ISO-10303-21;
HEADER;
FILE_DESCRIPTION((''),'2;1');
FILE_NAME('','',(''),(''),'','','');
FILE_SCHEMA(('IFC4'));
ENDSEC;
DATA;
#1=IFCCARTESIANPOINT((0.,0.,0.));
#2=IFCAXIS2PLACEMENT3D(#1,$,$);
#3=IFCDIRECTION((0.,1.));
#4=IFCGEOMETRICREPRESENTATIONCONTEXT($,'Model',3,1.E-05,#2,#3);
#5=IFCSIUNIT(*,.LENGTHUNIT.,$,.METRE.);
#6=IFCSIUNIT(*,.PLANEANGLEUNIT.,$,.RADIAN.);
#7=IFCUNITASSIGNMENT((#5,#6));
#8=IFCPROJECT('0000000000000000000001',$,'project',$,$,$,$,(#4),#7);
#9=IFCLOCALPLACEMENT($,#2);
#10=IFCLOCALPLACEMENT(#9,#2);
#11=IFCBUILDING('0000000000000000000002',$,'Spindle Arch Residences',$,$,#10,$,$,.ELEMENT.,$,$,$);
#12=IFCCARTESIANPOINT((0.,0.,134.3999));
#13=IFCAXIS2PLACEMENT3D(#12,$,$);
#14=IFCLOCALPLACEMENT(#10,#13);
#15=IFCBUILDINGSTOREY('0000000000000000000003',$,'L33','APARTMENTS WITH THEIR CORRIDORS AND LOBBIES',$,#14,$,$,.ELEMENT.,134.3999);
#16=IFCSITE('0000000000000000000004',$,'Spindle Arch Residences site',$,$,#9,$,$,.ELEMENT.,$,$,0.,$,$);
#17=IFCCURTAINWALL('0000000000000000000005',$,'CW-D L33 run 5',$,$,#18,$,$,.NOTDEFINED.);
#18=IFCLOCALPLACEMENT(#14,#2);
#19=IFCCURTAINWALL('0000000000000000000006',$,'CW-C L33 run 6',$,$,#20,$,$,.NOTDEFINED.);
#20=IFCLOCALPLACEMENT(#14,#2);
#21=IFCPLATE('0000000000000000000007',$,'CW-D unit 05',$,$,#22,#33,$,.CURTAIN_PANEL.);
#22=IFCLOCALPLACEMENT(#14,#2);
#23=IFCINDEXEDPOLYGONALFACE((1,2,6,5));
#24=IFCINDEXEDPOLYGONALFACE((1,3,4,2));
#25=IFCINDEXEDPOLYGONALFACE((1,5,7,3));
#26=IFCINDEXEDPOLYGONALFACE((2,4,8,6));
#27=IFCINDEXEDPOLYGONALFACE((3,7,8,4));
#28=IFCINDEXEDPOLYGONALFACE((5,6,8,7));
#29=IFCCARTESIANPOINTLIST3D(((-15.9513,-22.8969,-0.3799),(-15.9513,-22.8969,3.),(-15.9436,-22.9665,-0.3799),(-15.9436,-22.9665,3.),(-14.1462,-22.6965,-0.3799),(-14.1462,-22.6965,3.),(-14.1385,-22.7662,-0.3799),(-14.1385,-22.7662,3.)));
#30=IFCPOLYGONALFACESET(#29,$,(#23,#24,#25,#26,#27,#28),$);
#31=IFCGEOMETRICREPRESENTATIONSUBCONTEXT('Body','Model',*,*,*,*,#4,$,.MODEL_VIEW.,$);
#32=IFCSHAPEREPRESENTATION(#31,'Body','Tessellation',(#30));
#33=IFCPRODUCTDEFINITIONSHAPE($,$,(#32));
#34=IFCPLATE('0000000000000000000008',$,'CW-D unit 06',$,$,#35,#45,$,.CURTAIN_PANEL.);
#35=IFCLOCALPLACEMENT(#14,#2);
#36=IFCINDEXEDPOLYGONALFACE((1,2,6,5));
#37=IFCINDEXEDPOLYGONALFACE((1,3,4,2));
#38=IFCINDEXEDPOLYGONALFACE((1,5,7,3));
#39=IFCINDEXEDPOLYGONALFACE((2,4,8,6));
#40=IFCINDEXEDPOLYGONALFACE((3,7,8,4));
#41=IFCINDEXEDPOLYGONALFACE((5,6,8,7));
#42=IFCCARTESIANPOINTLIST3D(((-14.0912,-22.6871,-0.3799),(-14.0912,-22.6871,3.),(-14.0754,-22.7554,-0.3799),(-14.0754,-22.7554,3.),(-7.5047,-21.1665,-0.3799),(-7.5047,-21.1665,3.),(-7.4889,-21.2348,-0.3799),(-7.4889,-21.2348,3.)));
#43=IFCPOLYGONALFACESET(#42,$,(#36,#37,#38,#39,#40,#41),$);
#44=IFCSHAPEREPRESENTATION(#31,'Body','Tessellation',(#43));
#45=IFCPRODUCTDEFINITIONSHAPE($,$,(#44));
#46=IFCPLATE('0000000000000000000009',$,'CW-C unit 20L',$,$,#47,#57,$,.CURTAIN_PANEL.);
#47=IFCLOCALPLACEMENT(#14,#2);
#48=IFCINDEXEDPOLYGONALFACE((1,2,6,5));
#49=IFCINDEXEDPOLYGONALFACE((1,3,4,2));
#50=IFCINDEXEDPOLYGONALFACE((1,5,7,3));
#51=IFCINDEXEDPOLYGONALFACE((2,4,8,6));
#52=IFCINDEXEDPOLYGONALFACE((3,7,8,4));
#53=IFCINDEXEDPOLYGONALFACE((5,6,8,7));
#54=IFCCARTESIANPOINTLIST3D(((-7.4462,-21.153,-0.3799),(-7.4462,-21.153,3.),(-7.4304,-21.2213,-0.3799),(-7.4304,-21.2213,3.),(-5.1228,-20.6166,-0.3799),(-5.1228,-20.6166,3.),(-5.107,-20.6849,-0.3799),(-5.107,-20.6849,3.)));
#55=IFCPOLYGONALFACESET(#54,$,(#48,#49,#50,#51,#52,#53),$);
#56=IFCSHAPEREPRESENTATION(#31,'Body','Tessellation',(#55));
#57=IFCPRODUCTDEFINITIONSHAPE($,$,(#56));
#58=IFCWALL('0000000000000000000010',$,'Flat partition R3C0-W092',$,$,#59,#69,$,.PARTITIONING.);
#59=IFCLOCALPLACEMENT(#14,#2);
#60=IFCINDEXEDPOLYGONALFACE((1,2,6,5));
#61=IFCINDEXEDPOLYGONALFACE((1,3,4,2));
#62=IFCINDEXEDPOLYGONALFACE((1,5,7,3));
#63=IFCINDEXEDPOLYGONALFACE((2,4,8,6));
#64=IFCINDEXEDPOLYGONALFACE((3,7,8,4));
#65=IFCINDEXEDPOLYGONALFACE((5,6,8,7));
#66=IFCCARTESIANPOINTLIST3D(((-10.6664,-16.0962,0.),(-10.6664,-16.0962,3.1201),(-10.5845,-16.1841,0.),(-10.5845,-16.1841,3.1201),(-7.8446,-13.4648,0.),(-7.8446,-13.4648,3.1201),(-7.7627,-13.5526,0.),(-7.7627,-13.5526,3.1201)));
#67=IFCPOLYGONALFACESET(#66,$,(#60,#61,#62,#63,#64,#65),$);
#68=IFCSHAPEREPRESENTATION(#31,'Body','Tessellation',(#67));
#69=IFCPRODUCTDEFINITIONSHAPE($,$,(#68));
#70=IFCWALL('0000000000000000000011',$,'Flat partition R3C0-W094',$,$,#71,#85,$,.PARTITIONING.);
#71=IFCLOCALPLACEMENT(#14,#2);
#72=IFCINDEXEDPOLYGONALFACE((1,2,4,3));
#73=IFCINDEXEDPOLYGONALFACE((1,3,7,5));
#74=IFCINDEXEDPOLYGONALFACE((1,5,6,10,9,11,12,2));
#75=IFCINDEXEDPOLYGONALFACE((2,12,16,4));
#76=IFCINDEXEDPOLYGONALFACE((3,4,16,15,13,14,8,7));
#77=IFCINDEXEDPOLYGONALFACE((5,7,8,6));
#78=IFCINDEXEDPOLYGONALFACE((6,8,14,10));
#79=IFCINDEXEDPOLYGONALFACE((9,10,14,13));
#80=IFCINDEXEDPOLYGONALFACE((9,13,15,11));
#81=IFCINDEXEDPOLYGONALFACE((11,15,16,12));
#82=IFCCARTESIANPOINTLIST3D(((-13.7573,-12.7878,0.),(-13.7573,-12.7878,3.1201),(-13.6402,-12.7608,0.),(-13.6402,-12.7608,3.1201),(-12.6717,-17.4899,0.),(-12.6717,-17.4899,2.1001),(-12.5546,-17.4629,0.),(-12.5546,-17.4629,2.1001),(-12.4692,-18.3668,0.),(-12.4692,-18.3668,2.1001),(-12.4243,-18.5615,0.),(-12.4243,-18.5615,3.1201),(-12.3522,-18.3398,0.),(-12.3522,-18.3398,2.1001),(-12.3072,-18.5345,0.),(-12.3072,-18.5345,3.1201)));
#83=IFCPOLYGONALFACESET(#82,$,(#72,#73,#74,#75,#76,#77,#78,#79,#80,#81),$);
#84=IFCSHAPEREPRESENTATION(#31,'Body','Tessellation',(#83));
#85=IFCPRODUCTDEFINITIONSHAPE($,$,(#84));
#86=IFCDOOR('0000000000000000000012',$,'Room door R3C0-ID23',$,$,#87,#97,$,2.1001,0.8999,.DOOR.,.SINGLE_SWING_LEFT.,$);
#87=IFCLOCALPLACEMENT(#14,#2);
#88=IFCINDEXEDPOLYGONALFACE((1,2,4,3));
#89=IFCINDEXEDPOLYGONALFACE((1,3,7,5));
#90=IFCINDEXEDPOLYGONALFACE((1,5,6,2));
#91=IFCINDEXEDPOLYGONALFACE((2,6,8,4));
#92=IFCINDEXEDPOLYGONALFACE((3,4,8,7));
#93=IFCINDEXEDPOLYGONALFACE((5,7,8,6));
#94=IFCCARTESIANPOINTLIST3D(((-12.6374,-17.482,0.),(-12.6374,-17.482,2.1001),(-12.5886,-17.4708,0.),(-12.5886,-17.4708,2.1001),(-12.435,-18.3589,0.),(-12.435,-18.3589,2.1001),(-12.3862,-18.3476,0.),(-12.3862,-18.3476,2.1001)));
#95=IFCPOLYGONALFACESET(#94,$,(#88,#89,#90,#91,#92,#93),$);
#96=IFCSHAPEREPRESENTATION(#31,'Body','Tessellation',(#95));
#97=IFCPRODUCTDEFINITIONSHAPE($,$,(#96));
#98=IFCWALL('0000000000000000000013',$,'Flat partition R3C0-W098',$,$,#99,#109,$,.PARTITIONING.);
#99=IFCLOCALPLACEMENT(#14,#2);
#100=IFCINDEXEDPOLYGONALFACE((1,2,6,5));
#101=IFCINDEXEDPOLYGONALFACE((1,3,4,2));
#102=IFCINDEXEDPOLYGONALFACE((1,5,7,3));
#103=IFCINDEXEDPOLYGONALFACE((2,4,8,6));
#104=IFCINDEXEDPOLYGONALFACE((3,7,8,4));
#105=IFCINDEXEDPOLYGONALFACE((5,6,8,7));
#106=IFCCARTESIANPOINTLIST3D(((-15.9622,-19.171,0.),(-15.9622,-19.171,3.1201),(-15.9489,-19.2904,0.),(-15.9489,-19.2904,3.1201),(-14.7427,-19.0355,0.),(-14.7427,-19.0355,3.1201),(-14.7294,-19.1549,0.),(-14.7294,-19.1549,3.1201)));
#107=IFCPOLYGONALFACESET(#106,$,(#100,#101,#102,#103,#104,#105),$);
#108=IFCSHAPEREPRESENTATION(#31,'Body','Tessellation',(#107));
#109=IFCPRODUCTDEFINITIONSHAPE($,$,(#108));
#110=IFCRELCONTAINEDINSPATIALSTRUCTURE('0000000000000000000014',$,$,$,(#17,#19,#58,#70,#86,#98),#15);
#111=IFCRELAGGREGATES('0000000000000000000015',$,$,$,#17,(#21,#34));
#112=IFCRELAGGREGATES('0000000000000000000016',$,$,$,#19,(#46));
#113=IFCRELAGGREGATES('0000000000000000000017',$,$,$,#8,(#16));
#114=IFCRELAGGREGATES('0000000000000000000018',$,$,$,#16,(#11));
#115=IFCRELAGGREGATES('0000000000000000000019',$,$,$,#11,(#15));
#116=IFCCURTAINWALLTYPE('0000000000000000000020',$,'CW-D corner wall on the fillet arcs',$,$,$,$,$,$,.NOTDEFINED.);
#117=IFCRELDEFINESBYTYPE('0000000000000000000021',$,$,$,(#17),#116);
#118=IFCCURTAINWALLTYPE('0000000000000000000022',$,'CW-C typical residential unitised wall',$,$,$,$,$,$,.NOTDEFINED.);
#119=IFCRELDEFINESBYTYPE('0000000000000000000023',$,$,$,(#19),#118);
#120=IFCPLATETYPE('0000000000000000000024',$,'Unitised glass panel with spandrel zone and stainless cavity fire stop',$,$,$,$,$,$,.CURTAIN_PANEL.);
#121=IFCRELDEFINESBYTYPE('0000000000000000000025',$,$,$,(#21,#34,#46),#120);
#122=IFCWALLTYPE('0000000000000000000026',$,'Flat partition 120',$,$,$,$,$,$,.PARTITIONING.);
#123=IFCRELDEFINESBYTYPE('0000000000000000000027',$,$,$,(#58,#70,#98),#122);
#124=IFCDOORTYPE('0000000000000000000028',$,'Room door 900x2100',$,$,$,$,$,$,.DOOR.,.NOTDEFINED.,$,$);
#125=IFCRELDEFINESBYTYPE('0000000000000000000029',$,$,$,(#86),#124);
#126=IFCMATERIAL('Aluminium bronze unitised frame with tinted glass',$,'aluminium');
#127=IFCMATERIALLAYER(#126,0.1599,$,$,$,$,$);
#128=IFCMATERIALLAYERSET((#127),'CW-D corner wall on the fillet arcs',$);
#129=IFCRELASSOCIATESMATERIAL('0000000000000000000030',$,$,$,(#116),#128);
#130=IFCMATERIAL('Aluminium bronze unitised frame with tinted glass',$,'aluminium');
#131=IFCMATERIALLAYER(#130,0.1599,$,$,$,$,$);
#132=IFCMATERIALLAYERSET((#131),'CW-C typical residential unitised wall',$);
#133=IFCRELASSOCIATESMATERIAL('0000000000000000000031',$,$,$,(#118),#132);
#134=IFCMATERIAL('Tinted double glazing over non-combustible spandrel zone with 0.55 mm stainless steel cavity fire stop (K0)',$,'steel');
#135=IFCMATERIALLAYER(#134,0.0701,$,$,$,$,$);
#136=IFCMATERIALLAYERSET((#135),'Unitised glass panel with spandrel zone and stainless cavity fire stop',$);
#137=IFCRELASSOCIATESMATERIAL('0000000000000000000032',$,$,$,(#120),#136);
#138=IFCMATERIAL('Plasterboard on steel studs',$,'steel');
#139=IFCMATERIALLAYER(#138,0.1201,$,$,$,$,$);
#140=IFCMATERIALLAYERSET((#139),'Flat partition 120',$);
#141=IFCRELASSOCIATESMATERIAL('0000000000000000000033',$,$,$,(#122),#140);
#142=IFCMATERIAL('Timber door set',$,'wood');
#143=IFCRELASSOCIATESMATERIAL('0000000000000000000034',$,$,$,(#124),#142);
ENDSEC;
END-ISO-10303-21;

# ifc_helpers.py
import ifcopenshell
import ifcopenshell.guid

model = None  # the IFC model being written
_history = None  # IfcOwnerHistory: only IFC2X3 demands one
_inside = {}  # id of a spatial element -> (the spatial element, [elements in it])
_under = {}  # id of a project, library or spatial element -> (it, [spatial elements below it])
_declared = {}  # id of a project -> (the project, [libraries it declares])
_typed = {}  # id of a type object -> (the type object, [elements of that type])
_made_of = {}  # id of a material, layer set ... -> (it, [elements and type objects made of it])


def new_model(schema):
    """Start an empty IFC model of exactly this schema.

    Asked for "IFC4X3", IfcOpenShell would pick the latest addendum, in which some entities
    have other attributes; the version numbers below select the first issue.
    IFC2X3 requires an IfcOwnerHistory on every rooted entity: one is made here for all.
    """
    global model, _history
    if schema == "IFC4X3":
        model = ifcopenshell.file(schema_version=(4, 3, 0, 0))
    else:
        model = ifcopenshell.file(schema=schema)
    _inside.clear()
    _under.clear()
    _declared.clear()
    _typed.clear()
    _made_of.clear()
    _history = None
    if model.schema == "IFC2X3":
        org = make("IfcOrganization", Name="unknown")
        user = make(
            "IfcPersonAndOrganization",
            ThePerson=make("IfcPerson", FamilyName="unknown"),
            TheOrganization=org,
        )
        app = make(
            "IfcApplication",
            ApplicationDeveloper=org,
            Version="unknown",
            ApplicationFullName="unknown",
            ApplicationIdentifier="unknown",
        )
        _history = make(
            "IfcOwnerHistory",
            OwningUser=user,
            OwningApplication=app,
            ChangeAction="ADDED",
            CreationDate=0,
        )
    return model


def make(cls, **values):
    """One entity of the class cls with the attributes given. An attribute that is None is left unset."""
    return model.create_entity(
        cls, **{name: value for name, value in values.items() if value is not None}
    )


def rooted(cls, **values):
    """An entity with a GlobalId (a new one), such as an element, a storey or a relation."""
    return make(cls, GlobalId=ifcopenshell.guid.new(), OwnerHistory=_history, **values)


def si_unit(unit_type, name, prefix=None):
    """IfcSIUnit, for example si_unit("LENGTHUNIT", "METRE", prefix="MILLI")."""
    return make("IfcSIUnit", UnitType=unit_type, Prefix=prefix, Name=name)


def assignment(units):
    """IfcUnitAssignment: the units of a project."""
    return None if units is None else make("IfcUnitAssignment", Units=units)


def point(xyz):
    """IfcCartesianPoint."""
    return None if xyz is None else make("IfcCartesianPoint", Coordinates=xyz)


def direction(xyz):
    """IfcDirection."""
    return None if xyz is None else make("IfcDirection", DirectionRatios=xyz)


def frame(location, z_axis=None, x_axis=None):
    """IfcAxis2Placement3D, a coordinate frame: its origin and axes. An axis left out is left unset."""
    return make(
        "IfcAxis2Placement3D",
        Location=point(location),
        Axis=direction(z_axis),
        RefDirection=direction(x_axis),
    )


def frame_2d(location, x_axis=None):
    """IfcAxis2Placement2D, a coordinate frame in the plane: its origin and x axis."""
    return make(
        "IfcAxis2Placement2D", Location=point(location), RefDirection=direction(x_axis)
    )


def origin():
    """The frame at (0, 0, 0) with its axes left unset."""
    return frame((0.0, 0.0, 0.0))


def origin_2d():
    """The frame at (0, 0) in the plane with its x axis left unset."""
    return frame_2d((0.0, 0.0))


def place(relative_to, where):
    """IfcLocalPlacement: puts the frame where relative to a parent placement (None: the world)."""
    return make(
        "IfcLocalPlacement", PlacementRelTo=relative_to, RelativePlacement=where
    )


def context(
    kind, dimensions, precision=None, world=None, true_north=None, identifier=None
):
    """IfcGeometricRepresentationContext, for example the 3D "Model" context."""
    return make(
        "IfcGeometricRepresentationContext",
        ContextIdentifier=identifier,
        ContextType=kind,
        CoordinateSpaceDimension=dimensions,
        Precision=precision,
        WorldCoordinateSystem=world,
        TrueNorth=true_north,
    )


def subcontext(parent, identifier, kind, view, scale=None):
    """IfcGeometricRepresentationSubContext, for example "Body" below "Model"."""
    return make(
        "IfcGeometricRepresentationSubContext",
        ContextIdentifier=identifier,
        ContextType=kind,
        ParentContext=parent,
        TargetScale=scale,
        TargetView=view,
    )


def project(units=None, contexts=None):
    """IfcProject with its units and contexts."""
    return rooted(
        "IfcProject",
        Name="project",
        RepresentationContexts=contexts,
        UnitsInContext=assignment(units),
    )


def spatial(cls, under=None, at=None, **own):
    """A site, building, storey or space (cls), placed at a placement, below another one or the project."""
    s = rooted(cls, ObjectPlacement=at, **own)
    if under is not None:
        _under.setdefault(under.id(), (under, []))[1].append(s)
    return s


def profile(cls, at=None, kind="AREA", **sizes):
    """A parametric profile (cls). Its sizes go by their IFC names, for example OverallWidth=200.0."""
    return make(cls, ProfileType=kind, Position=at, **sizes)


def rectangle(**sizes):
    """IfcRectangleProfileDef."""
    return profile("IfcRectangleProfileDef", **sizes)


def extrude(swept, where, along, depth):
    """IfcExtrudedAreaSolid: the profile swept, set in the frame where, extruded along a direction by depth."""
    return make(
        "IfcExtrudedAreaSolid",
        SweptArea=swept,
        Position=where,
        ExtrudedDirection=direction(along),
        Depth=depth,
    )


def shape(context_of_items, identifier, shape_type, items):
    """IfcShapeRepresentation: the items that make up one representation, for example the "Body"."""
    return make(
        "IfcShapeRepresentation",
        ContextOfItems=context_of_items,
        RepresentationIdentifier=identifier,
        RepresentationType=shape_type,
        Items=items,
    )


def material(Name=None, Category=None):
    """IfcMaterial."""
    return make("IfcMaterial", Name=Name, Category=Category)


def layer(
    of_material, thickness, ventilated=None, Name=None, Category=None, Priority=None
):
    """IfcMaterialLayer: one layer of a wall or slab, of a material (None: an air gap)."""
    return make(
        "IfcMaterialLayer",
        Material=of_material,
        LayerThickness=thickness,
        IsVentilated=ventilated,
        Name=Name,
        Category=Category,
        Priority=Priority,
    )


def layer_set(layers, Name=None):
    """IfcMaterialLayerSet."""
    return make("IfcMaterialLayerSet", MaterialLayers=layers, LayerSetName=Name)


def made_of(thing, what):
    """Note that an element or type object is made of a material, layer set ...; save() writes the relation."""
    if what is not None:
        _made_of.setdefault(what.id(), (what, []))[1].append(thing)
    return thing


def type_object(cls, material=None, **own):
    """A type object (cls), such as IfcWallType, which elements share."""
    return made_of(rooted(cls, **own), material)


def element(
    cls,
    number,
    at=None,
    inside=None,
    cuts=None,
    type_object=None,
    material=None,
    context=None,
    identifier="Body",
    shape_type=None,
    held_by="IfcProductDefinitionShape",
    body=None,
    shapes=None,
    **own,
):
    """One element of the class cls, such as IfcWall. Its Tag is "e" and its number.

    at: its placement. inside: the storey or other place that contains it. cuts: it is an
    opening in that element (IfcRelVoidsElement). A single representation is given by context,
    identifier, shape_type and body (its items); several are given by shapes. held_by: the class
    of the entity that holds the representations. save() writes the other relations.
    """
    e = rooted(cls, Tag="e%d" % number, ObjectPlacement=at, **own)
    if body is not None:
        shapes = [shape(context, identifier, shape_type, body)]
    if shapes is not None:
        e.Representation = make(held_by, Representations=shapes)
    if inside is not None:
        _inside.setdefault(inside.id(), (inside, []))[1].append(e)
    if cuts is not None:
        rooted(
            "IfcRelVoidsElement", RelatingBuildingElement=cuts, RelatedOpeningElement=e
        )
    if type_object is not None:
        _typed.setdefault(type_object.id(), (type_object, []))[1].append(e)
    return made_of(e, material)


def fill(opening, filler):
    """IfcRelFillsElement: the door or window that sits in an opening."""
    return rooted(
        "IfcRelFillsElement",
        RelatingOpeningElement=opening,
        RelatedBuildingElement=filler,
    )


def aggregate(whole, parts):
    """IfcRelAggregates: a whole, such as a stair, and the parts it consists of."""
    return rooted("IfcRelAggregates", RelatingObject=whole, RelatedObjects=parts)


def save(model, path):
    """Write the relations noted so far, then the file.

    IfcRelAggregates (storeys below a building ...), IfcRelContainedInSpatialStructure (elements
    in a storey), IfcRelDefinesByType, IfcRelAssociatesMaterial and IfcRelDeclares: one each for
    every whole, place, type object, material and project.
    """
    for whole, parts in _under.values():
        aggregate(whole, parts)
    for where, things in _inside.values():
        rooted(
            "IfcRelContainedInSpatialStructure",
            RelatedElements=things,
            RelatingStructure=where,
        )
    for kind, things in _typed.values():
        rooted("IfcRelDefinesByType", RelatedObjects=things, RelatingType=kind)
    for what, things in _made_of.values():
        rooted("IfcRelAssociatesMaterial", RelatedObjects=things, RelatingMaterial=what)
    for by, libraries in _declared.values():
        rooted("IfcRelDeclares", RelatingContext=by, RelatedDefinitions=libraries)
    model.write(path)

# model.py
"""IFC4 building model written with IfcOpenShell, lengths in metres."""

from ifc_helpers import new_model, si_unit, direction, frame, frame_2d, origin, origin_2d, place, context, subcontext, project, spatial, rectangle, extrude, material, layer, layer_set, type_object, element, fill, aggregate, save


model = new_model("IFC4")

# Units and contexts
model_context = context("Model", 3, precision=1e-05, world=origin(), true_north=direction((0.0, 1.0)))
body_context = subcontext(model_context, "Body", "Model", "MODEL_VIEW")
ifc_project = project(units=[si_unit("LENGTHUNIT", "METRE"), si_unit("PLANEANGLEUNIT", "RADIAN")], contexts=[model_context])

# Site, building, storey
site_placement = place(None, origin())
site = spatial("IfcSite", under=ifc_project, at=site_placement, Name="Spindle Arch Residences site", CompositionType="ELEMENT", RefElevation=0.0)
building_placement = place(site_placement, origin())
building = spatial("IfcBuilding", under=site, at=building_placement, Name="Spindle Arch Residences", CompositionType="ELEMENT")
storey_placement = place(building_placement, frame((0.0, 0.0, 134.3999)))
storey = spatial("IfcBuildingStorey", under=building, at=storey_placement, Name="L33", Description="APARTMENTS WITH THEIR CORRIDORS AND LOBBIES", CompositionType="ELEMENT", Elevation=134.3999)

# Curtain wall
ifc_material_1 = material(Name="Aluminium bronze unitised frame with tinted glass", Category="aluminium")
ifc_layer_1 = layer(ifc_material_1, 0.1599)
ifc_layer_set_1 = layer_set([ifc_layer_1], Name="CW-D corner wall on the fillet arcs")
curtain_wall_type_1 = type_object("IfcCurtainWallType", Name="CW-D corner wall on the fillet arcs", PredefinedType="NOTDEFINED", material=ifc_layer_set_1)
curtain_wall_1_placement = place(storey_placement, origin())
curtain_wall_1 = element("IfcCurtainWall", 1, at=curtain_wall_1_placement, inside=storey, type_object=curtain_wall_type_1, Name="CW-D L33 run 5", PredefinedType="NOTDEFINED")

# Curtain wall
ifc_material_2 = material(Name="Aluminium bronze unitised frame with tinted glass", Category="aluminium")
ifc_layer_2 = layer(ifc_material_2, 0.1599)
ifc_layer_set_2 = layer_set([ifc_layer_2], Name="CW-C typical residential unitised wall")
curtain_wall_type_2 = type_object("IfcCurtainWallType", Name="CW-C typical residential unitised wall", PredefinedType="NOTDEFINED", material=ifc_layer_set_2)
curtain_wall_2_placement = place(storey_placement, origin())
curtain_wall_2 = element("IfcCurtainWall", 2, at=curtain_wall_2_placement, inside=storey, type_object=curtain_wall_type_2, Name="CW-C L33 run 6", PredefinedType="NOTDEFINED")

# Plates
ifc_material_3 = material(Name="Tinted double glazing over non-combustible spandrel zone with 0.55 mm stainless steel cavity fire stop (K0)", Category="steel")
ifc_layer_3 = layer(ifc_material_3, 0.0701)
ifc_layer_set_3 = layer_set([ifc_layer_3], Name="Unitised glass panel with spandrel zone and stainless cavity fire stop")
plate_type = type_object("IfcPlateType", Name="Unitised glass panel with spandrel zone and stainless cavity fire stop", PredefinedType="CURTAIN_PANEL", material=ifc_layer_set_3)
plate_1_placement = place(storey_placement, frame((-15.0449, -22.8315, -0.3799), z_axis=(0.0, 0.0, 1.0), x_axis=(0.993897, 0.110313, 0.0)))
plate_1 = element("IfcPlate", 3, at=plate_1_placement, type_object=plate_type, Name="CW-D unit 05", PredefinedType="CURTAIN_PANEL", context=body_context, shape_type="SweptSolid", body=[
    extrude(rectangle(XDim=1.8162, YDim=0.0701, at=origin_2d()), origin(), (0.0, 0.0, 1.0), 3.3799),
])
plate_2_placement = place(storey_placement, frame((-10.79, -21.9609, -0.3799), z_axis=(0.0, 0.0, 1.0), x_axis=(0.97437, 0.224951, 0.0)))
plate_2 = element("IfcPlate", 4, at=plate_2_placement, type_object=plate_type, Name="CW-D unit 06", PredefinedType="CURTAIN_PANEL", context=body_context, shape_type="SweptSolid", body=[
    extrude(rectangle(XDim=6.7598, YDim=0.0701, at=origin_2d()), origin(), (0.0, 0.0, 1.0), 3.3799),
])
aggregate(curtain_wall_1, [plate_1, plate_2])
plate_3_placement = place(storey_placement, frame((-6.2766, -20.9189, -0.3799), z_axis=(0.0, 0.0, 1.0), x_axis=(0.97437, 0.224951, 0.0)))
plate_3 = element("IfcPlate", 5, at=plate_3_placement, type_object=plate_type, Name="CW-C unit 20L", PredefinedType="CURTAIN_PANEL", context=body_context, shape_type="SweptSolid", body=[
    extrude(rectangle(XDim=2.3845, YDim=0.0701, at=origin_2d()), origin(), (0.0, 0.0, 1.0), 3.3799),
])
aggregate(curtain_wall_2, [plate_3])

# Wall
ifc_material_4 = material(Name="Plasterboard on steel studs", Category="steel")
ifc_layer_4 = layer(ifc_material_4, 0.1201)
ifc_layer_set_4 = layer_set([ifc_layer_4], Name="Flat partition 120")
wall_type_1 = type_object("IfcWallType", Name="Flat partition 120", PredefinedType="PARTITIONING", material=ifc_layer_set_4)
wall_1_placement = place(storey_placement, frame((-10.6255, -16.1401, 0.0), z_axis=(0.0, 0.0, 1.0), x_axis=(0.731354, 0.681998, 0.0)))
element("IfcWall", 6, at=wall_1_placement, inside=storey, type_object=wall_type_1, Name="Flat partition R3C0-W092", PredefinedType="PARTITIONING", context=body_context, shape_type="SweptSolid", body=[
    extrude(rectangle(XDim=3.8584, YDim=0.1201, at=frame_2d((1.9292, 0.0))), origin(), (0.0, 0.0, 1.0), 3.1201),
])

# Wall, opening, door
wall_2_placement = place(storey_placement, frame((-12.3657, -18.5481, 0.0), z_axis=(0.0, 0.0, 1.0), x_axis=(-0.224959, 0.974368, 0.0)))
wall_2 = element("IfcWall", 7, at=wall_2_placement, inside=storey, type_object=wall_type_1, Name="Flat partition R3C0-W094", PredefinedType="PARTITIONING", context=body_context, shape_type="SweptSolid", body=[
    extrude(rectangle(XDim=5.9255, YDim=0.1201, at=frame_2d((2.9629, 0.0))), origin(), (0.0, 0.0, 1.0), 3.1201),
])
opening_1_placement = place(wall_2_placement, frame((0.2, 0.0, 0.0)))
opening_1 = element("IfcOpeningElement", 8, at=opening_1_placement, cuts=wall_2, PredefinedType="OPENING", context=body_context, shape_type="SweptSolid", body=[
    extrude(rectangle(XDim=0.8999, YDim=2.1001, at=frame_2d((0.45, 1.05))), frame((0.0, 0.0701, 0.0), z_axis=(0.0, -1.0, 0.0), x_axis=(1.0, 0.0, 0.0)), (0.0, 0.0, 1.0), 0.1401),
])
ifc_material_5 = material(Name="Timber door set", Category="wood")
door_type_1 = type_object("IfcDoorType", Name="Room door 900x2100", OperationType="NOTDEFINED", PredefinedType="DOOR", material=ifc_material_5)
door_1_placement = place(opening_1_placement, origin())
door_1 = element("IfcDoor", 9, at=door_1_placement, inside=storey, type_object=door_type_1, Name="Room door R3C0-ID23", OperationType="SINGLE_SWING_LEFT", OverallHeight=2.1001, OverallWidth=0.8999, PredefinedType="DOOR", context=body_context, shape_type="SweptSolid", body=[
    extrude(rectangle(XDim=0.8999, YDim=2.1001, at=frame_2d((0.45, 1.05))), frame((0.0, 0.0249, 0.0), z_axis=(0.0, -1.0, 0.0), x_axis=(1.0, 0.0, 0.0)), (0.0, 0.0, 1.0), 0.05),
])
fill(opening_1, door_1)

# Wall
wall_3_placement = place(storey_placement, frame((-15.9556, -19.2307, 0.0), z_axis=(0.0, 0.0, 1.0), x_axis=(0.993884, 0.110432, 0.0)))
element("IfcWall", 10, at=wall_3_placement, inside=storey, type_object=wall_type_1, Name="Flat partition R3C0-W098", PredefinedType="PARTITIONING", context=body_context, shape_type="SweptSolid", body=[
    extrude(rectangle(XDim=1.2271, YDim=0.1201, at=frame_2d((0.6135, 0.0))), origin(), (0.0, 0.0, 1.0), 3.1201),
])

save(model, "model.ifc")
